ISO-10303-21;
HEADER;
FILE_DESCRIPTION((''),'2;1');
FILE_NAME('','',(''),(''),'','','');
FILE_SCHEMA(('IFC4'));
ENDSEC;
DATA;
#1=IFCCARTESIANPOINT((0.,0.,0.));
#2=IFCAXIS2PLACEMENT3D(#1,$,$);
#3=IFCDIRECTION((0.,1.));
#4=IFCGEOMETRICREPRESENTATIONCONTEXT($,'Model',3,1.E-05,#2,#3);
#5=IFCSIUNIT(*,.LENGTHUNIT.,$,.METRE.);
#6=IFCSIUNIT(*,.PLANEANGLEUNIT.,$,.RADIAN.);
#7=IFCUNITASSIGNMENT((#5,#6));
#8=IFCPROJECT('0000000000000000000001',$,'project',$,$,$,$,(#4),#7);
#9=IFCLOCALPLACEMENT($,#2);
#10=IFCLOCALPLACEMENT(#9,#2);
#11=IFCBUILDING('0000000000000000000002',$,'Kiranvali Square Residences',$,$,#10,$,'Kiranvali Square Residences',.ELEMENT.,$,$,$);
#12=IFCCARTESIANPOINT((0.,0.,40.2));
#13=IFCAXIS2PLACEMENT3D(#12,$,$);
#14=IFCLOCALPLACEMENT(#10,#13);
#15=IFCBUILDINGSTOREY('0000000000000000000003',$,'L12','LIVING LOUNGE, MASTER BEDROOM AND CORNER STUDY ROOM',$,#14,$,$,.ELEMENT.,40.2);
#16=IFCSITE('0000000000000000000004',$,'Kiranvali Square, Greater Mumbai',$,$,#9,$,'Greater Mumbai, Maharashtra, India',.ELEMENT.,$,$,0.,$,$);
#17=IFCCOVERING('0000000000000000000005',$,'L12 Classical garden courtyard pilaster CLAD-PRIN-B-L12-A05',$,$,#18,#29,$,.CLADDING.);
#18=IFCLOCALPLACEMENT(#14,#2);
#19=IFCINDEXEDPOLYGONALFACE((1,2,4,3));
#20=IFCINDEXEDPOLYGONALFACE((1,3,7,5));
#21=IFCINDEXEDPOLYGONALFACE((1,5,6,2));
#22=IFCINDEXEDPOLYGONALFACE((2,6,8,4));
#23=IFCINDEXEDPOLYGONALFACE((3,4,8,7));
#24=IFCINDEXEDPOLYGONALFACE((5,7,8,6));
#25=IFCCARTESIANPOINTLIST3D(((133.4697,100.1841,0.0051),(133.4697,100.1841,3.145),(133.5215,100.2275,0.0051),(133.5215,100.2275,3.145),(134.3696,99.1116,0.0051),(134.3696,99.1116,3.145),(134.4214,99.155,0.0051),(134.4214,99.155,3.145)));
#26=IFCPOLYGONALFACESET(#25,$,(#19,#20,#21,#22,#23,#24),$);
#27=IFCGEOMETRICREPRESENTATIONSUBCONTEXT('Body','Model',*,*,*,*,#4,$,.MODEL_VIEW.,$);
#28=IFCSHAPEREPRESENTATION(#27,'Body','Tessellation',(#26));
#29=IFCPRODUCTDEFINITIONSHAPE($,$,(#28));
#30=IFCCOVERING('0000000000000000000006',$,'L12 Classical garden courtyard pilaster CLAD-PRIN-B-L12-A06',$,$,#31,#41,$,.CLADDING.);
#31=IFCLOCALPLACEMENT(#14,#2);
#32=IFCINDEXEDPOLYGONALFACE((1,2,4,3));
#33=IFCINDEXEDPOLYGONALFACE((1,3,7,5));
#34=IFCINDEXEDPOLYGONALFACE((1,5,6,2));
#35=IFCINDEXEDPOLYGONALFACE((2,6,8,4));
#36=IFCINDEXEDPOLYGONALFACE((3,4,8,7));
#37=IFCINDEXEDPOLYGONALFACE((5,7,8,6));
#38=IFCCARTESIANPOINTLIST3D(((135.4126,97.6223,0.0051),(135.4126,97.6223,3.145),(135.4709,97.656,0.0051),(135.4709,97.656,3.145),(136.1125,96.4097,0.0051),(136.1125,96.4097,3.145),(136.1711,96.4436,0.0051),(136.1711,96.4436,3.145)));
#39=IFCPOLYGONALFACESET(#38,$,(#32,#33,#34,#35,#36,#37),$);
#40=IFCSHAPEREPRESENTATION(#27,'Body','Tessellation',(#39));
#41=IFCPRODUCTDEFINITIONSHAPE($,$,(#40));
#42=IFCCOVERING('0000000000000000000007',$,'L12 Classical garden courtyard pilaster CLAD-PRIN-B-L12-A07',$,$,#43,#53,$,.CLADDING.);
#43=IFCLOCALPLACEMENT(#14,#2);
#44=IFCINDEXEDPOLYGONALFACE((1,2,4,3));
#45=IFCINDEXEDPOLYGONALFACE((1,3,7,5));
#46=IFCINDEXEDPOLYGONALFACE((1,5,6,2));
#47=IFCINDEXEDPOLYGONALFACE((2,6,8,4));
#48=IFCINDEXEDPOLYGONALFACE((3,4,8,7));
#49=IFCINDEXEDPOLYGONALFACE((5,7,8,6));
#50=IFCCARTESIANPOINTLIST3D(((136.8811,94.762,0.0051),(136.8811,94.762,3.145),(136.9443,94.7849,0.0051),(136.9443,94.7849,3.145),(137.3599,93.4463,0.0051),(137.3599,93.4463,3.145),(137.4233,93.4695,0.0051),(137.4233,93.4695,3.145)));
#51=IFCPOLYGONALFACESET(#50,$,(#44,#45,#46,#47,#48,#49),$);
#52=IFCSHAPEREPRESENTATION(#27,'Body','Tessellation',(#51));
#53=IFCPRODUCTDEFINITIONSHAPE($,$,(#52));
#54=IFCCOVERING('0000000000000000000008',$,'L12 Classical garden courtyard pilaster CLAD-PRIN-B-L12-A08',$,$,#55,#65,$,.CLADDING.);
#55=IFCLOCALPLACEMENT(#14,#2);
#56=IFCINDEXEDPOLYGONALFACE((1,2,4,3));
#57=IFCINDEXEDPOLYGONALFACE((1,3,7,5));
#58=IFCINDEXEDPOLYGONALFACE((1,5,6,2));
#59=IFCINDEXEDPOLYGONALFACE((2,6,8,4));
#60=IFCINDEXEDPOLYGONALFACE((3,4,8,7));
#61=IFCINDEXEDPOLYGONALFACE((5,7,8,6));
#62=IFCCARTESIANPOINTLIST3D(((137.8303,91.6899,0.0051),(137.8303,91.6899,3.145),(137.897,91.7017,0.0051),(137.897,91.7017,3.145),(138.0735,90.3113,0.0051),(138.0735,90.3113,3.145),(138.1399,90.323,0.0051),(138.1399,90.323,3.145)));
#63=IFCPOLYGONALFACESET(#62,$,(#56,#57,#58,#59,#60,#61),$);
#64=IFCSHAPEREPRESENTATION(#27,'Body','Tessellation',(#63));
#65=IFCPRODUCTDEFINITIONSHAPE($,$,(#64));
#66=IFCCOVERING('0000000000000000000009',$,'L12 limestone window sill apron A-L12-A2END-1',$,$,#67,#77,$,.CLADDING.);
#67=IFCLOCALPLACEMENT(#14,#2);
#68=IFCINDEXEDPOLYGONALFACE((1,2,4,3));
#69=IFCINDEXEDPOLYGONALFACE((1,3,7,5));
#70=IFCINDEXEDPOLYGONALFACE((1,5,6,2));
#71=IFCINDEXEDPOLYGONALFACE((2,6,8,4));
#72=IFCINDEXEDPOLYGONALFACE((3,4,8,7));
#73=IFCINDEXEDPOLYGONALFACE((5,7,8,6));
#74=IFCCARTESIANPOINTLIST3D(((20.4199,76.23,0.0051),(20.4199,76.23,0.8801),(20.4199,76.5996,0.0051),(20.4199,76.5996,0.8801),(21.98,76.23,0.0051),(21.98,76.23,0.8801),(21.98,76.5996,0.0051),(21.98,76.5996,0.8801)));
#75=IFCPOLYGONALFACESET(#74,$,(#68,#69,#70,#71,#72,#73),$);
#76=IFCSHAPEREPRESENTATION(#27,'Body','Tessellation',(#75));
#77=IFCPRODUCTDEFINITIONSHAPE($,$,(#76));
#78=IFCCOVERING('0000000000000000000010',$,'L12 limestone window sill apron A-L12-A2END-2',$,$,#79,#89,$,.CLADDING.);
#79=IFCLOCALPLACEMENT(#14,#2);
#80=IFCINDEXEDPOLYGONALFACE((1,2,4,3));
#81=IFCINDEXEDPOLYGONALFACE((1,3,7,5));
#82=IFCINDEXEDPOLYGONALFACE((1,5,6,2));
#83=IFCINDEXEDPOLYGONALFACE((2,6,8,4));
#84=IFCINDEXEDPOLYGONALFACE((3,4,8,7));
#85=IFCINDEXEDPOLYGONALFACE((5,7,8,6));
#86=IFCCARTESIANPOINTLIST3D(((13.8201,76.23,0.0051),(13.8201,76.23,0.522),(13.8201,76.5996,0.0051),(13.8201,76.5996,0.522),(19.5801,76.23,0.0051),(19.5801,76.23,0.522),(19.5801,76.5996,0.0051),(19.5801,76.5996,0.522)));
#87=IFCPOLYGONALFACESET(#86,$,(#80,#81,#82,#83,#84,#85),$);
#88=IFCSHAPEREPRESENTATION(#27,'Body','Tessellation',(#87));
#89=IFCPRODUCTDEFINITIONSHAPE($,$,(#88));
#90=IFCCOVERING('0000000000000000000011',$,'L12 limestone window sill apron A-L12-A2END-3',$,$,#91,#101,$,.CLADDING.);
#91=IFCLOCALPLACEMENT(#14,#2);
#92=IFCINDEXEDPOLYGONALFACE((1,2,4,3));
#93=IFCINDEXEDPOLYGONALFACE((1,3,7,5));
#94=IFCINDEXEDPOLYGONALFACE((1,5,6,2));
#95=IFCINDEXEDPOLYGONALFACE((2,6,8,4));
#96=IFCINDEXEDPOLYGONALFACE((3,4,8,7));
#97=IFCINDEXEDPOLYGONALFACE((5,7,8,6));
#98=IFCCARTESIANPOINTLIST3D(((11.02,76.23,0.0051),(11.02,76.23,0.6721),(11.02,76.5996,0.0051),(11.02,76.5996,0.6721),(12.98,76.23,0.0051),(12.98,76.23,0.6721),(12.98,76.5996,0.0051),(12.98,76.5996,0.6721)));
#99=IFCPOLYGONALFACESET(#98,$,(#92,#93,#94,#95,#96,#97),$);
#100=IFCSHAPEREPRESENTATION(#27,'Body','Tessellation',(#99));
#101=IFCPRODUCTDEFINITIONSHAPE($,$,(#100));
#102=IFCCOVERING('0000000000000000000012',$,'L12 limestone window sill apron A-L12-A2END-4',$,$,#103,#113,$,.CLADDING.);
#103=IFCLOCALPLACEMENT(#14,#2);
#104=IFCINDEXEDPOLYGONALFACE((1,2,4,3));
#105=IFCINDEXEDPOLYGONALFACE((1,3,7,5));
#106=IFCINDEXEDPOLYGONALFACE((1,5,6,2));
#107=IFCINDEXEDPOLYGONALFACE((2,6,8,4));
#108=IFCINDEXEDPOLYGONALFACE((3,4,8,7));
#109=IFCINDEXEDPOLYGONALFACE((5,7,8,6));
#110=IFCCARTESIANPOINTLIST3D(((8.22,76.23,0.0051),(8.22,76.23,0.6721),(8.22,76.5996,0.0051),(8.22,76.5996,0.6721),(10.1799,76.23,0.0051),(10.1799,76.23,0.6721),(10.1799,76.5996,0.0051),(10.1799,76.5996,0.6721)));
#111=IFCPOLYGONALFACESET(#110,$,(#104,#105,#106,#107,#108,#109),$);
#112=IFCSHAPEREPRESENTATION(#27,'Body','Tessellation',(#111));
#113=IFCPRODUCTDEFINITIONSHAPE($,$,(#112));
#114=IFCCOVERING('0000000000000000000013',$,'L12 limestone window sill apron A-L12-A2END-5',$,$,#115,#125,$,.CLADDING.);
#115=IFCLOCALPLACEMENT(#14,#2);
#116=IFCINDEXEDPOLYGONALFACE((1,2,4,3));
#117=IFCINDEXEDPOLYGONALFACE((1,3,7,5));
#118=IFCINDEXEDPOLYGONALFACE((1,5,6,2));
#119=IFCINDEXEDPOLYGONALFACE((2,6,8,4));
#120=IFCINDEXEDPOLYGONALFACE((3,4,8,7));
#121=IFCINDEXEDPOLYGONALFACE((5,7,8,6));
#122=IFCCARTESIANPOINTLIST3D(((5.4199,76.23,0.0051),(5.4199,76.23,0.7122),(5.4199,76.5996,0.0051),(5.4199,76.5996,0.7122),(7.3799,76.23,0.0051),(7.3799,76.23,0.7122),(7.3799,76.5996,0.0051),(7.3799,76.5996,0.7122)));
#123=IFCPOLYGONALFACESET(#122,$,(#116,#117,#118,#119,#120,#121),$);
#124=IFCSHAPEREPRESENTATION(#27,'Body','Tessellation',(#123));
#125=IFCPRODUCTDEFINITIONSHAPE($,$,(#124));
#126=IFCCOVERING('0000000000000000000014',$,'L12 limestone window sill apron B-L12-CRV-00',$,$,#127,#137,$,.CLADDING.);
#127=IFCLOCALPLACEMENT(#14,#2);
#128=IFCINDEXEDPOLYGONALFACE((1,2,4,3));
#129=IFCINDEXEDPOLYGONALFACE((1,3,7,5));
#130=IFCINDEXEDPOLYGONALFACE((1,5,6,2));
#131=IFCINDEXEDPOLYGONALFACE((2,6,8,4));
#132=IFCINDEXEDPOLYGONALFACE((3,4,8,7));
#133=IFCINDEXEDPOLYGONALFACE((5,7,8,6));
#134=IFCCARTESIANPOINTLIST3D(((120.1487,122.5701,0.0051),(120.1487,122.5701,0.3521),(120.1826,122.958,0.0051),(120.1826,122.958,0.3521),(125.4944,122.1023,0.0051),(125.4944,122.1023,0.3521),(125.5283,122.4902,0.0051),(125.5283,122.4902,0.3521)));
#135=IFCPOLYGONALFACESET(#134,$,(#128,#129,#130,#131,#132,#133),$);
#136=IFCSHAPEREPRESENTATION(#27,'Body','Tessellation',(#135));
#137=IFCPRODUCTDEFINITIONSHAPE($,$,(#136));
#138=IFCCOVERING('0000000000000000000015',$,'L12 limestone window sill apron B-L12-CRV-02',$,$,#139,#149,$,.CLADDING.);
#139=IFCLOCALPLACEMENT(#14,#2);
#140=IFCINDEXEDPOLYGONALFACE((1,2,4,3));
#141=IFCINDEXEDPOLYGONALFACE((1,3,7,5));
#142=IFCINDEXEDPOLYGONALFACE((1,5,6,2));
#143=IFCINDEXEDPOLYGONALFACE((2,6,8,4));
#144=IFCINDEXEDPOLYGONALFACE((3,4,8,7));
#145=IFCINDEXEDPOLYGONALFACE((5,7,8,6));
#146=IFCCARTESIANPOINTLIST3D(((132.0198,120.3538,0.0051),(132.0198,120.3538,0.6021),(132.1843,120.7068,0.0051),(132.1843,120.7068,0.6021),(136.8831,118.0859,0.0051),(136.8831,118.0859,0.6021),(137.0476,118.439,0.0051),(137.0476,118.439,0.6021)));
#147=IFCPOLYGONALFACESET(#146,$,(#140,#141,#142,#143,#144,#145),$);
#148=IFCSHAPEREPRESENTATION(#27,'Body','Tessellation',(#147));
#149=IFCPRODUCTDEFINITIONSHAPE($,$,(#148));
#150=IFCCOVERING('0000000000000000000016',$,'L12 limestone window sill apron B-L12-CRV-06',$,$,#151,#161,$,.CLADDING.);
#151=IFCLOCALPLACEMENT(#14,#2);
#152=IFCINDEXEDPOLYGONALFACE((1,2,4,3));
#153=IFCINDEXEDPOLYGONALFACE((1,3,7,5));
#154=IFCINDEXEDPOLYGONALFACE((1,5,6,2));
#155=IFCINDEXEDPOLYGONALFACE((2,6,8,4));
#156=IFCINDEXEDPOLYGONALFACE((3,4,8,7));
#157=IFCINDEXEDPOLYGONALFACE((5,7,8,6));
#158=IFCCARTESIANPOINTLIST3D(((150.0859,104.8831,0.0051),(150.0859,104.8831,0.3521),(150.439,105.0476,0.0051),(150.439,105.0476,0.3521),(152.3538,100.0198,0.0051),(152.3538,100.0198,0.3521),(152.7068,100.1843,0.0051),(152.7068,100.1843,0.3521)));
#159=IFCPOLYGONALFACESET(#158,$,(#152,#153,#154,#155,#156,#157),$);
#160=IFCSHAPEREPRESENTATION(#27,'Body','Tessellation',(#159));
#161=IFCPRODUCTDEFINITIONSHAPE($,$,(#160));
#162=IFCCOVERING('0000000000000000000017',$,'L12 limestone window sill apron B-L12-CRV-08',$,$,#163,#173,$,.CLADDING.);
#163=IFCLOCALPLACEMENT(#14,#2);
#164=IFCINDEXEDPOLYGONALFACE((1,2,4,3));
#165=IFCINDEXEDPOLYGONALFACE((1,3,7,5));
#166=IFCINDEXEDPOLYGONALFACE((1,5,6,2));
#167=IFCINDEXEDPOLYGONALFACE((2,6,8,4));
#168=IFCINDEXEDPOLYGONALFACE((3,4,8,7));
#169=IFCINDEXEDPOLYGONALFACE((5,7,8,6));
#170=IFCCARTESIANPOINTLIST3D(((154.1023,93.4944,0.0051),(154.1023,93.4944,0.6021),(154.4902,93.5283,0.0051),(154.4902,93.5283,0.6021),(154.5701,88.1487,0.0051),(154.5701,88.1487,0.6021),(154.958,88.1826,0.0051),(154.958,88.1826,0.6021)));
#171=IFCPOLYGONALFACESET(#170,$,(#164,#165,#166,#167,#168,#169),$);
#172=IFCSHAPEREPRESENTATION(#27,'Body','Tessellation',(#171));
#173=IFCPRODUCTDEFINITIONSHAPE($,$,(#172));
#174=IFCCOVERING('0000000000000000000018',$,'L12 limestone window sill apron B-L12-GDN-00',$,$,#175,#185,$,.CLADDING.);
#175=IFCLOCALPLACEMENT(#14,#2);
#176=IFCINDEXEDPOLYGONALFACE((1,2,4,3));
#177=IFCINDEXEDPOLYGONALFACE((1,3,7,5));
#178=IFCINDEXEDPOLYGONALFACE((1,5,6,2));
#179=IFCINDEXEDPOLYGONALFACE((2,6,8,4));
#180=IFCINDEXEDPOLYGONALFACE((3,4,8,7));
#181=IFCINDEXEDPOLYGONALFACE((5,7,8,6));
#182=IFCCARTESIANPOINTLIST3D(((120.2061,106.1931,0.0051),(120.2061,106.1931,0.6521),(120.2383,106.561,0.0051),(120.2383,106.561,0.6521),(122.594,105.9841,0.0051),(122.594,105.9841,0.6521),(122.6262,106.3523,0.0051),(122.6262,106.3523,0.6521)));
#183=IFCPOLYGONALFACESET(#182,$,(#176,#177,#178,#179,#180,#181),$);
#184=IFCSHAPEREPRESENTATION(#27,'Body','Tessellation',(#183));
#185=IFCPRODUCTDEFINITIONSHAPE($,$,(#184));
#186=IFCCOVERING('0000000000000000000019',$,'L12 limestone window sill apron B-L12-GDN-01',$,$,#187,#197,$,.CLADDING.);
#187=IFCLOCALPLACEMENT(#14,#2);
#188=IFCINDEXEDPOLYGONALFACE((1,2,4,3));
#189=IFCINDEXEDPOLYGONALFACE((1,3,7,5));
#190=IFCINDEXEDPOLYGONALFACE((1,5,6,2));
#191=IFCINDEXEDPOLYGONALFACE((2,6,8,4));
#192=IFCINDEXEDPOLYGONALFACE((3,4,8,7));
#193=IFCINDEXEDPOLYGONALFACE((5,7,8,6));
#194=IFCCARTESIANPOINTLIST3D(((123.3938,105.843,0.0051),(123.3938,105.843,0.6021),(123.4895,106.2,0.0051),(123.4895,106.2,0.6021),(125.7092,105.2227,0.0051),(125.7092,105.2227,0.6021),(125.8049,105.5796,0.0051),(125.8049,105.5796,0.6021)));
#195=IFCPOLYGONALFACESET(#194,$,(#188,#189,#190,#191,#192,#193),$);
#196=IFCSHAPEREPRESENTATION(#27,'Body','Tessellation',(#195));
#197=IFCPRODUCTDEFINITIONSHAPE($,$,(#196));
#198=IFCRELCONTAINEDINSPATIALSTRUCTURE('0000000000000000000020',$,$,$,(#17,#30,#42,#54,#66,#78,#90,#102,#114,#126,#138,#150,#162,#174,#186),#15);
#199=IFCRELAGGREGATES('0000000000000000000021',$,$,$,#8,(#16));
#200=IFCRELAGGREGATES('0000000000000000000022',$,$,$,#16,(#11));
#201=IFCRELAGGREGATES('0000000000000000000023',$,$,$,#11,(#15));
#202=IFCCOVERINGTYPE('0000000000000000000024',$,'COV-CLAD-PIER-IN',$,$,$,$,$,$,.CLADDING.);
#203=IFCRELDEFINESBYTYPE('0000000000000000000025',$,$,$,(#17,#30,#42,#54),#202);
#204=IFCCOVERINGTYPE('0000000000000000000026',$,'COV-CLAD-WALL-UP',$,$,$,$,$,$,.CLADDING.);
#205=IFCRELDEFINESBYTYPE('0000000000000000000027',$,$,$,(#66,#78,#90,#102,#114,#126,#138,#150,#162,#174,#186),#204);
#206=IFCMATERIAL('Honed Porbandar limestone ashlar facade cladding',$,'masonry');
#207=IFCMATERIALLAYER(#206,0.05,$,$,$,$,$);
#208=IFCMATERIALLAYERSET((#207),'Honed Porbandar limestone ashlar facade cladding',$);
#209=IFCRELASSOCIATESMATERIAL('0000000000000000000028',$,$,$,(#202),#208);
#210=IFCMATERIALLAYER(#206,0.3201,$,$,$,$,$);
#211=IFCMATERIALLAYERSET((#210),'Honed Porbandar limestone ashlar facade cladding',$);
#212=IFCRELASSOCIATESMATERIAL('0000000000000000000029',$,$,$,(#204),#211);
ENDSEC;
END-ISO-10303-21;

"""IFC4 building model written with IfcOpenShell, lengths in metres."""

from ifc_helpers import new_model, si_unit, direction, frame, origin, place, context, subcontext, project, spatial, polyline, outline, extrude, material, layer, layer_set, type_object, element, save


model = new_model("IFC4")

# Units and contexts
model_context = context("Model", 3, precision=1e-05, world=origin(), true_north=direction((0.0, 1.0)))
body_context = subcontext(model_context, "Body", "Model", "MODEL_VIEW")
ifc_project = project(units=[si_unit("LENGTHUNIT", "METRE"), si_unit("PLANEANGLEUNIT", "RADIAN")], contexts=[model_context])

# Site, building, storey
site_placement = place(None, origin())
site = spatial("IfcSite", under=ifc_project, at=site_placement, Name="Kiranvali Square, Greater Mumbai", LongName="Greater Mumbai, Maharashtra, India", CompositionType="ELEMENT", RefElevation=0.0)
building_placement = place(site_placement, origin())
building = spatial("IfcBuilding", under=site, at=building_placement, Name="Kiranvali Square Residences", LongName="Kiranvali Square Residences", CompositionType="ELEMENT")
storey_placement = place(building_placement, frame((0.0, 0.0, 40.2)))
storey = spatial("IfcBuildingStorey", under=building, at=storey_placement, Name="L12", Description="LIVING LOUNGE, MASTER BEDROOM AND CORNER STUDY ROOM", CompositionType="ELEMENT", Elevation=40.2)

# Coverings
ifc_material = material(Name="Honed Porbandar limestone ashlar facade cladding", Category="masonry")
ifc_layer_1 = layer(ifc_material, 0.05)
ifc_layer_set_1 = layer_set([ifc_layer_1], Name="Honed Porbandar limestone ashlar facade cladding")
covering_type_1 = type_object("IfcCoveringType", Name="COV-CLAD-PIER-IN", PredefinedType="CLADDING", material=ifc_layer_set_1)
covering_1_placement = place(storey_placement, frame((0.0, 0.0, 0.0051)))
element("IfcCovering", 1, at=covering_1_placement, inside=storey, type_object=covering_type_1, Name="L12 Classical garden courtyard pilaster CLAD-PRIN-B-L12-A05", PredefinedType="CLADDING", context=body_context, shape_type="SweptSolid", body=[
    extrude(outline(polyline([(133.4697, 100.1841), (134.3696, 99.1116), (134.4214, 99.155), (133.5215, 100.2275), (133.4697, 100.1841)])), origin(), (0.0, 0.0, 1.0), 3.1399),
])
covering_2_placement = place(storey_placement, frame((0.0, 0.0, 0.0051)))
element("IfcCovering", 2, at=covering_2_placement, inside=storey, type_object=covering_type_1, Name="L12 Classical garden courtyard pilaster CLAD-PRIN-B-L12-A06", PredefinedType="CLADDING", context=body_context, shape_type="SweptSolid", body=[
    extrude(outline(polyline([(135.4126, 97.6223), (136.1125, 96.4097), (136.1711, 96.4436), (135.4709, 97.656), (135.4126, 97.6223)])), origin(), (0.0, 0.0, 1.0), 3.1399),
])
covering_3_placement = place(storey_placement, frame((0.0, 0.0, 0.0051)))
element("IfcCovering", 3, at=covering_3_placement, inside=storey, type_object=covering_type_1, Name="L12 Classical garden courtyard pilaster CLAD-PRIN-B-L12-A07", PredefinedType="CLADDING", context=body_context, shape_type="SweptSolid", body=[
    extrude(outline(polyline([(136.8811, 94.762), (137.3599, 93.4463), (137.4233, 93.4695), (136.9443, 94.7849), (136.8811, 94.762)])), origin(), (0.0, 0.0, 1.0), 3.1399),
])
covering_4_placement = place(storey_placement, frame((0.0, 0.0, 0.0051)))
element("IfcCovering", 4, at=covering_4_placement, inside=storey, type_object=covering_type_1, Name="L12 Classical garden courtyard pilaster CLAD-PRIN-B-L12-A08", PredefinedType="CLADDING", context=body_context, shape_type="SweptSolid", body=[
    extrude(outline(polyline([(137.8303, 91.6899), (138.0735, 90.3113), (138.1399, 90.323), (137.897, 91.7017), (137.8303, 91.6899)])), origin(), (0.0, 0.0, 1.0), 3.1399),
])
ifc_layer_2 = layer(ifc_material, 0.3201)
ifc_layer_set_2 = layer_set([ifc_layer_2], Name="Honed Porbandar limestone ashlar facade cladding")
covering_type_2 = type_object("IfcCoveringType", Name="COV-CLAD-WALL-UP", PredefinedType="CLADDING", material=ifc_layer_set_2)
covering_5_placement = place(storey_placement, frame((0.0, 0.0, 0.0051)))
element("IfcCovering", 5, at=covering_5_placement, inside=storey, type_object=covering_type_2, Name="L12 limestone window sill apron A-L12-A2END-1", PredefinedType="CLADDING", context=body_context, shape_type="SweptSolid", body=[
    extrude(outline(polyline([(21.98, 76.5996), (20.4199, 76.5996), (20.4199, 76.23), (21.98, 76.23), (21.98, 76.5996)])), origin(), (0.0, 0.0, 1.0), 0.875),
])
covering_6_placement = place(storey_placement, frame((0.0, 0.0, 0.0051)))
element("IfcCovering", 6, at=covering_6_placement, inside=storey, type_object=covering_type_2, Name="L12 limestone window sill apron A-L12-A2END-2", PredefinedType="CLADDING", context=body_context, shape_type="SweptSolid", body=[
    extrude(outline(polyline([(19.5801, 76.5996), (13.8201, 76.5996), (13.8201, 76.23), (19.5801, 76.23), (19.5801, 76.5996)])), origin(), (0.0, 0.0, 1.0), 0.5168),
])
covering_7_placement = place(storey_placement, frame((0.0, 0.0, 0.0051)))
element("IfcCovering", 7, at=covering_7_placement, inside=storey, type_object=covering_type_2, Name="L12 limestone window sill apron A-L12-A2END-3", PredefinedType="CLADDING", context=body_context, shape_type="SweptSolid", body=[
    extrude(outline(polyline([(12.98, 76.5996), (11.02, 76.5996), (11.02, 76.23), (12.98, 76.23), (12.98, 76.5996)])), origin(), (0.0, 0.0, 1.0), 0.667),
])
covering_8_placement = place(storey_placement, frame((0.0, 0.0, 0.0051)))
element("IfcCovering", 8, at=covering_8_placement, inside=storey, type_object=covering_type_2, Name="L12 limestone window sill apron A-L12-A2END-4", PredefinedType="CLADDING", context=body_context, shape_type="SweptSolid", body=[
    extrude(outline(polyline([(10.1799, 76.5996), (8.22, 76.5996), (8.22, 76.23), (10.1799, 76.23), (10.1799, 76.5996)])), origin(), (0.0, 0.0, 1.0), 0.667),
])
covering_9_placement = place(storey_placement, frame((0.0, 0.0, 0.0051)))
element("IfcCovering", 9, at=covering_9_placement, inside=storey, type_object=covering_type_2, Name="L12 limestone window sill apron A-L12-A2END-5", PredefinedType="CLADDING", context=body_context, shape_type="SweptSolid", body=[
    extrude(outline(polyline([(7.3799, 76.5996), (5.4199, 76.5996), (5.4199, 76.23), (7.3799, 76.23), (7.3799, 76.5996)])), origin(), (0.0, 0.0, 1.0), 0.707),
])
covering_10_placement = place(storey_placement, frame((0.0, 0.0, 0.0051)))
element("IfcCovering", 10, at=covering_10_placement, inside=storey, type_object=covering_type_2, Name="L12 limestone window sill apron B-L12-CRV-00", PredefinedType="CLADDING", context=body_context, shape_type="SweptSolid", body=[
    extrude(outline(polyline([(120.1487, 122.5701), (125.4944, 122.1023), (125.5283, 122.4902), (120.1826, 122.958), (120.1487, 122.5701)])), origin(), (0.0, 0.0, 1.0), 0.3469),
])
covering_11_placement = place(storey_placement, frame((0.0, 0.0, 0.0051)))
element("IfcCovering", 11, at=covering_11_placement, inside=storey, type_object=covering_type_2, Name="L12 limestone window sill apron B-L12-CRV-02", PredefinedType="CLADDING", context=body_context, shape_type="SweptSolid", body=[
    extrude(outline(polyline([(132.0198, 120.3538), (136.8831, 118.0859), (137.0476, 118.439), (132.1843, 120.7068), (132.0198, 120.3538)])), origin(), (0.0, 0.0, 1.0), 0.5969),
])
covering_12_placement = place(storey_placement, frame((0.0, 0.0, 0.0051)))
element("IfcCovering", 12, at=covering_12_placement, inside=storey, type_object=covering_type_2, Name="L12 limestone window sill apron B-L12-CRV-06", PredefinedType="CLADDING", context=body_context, shape_type="SweptSolid", body=[
    extrude(outline(polyline([(150.0859, 104.8831), (152.3538, 100.0198), (152.7068, 100.1843), (150.439, 105.0476), (150.0859, 104.8831)])), origin(), (0.0, 0.0, 1.0), 0.3469),
])
covering_13_placement = place(storey_placement, frame((0.0, 0.0, 0.0051)))
element("IfcCovering", 13, at=covering_13_placement, inside=storey, type_object=covering_type_2, Name="L12 limestone window sill apron B-L12-CRV-08", PredefinedType="CLADDING", context=body_context, shape_type="SweptSolid", body=[
    extrude(outline(polyline([(154.1023, 93.4944), (154.5701, 88.1487), (154.958, 88.1826), (154.4902, 93.5283), (154.1023, 93.4944)])), origin(), (0.0, 0.0, 1.0), 0.5969),
])
covering_14_placement = place(storey_placement, frame((0.0, 0.0, 0.0051)))
element("IfcCovering", 14, at=covering_14_placement, inside=storey, type_object=covering_type_2, Name="L12 limestone window sill apron B-L12-GDN-00", PredefinedType="CLADDING", context=body_context, shape_type="SweptSolid", body=[
    extrude(outline(polyline([(120.2061, 106.1931), (122.594, 105.9841), (122.6262, 106.3523), (120.2383, 106.561), (120.2061, 106.1931)])), origin(), (0.0, 0.0, 1.0), 0.647),
])
covering_15_placement = place(storey_placement, frame((0.0, 0.0, 0.0051)))
element("IfcCovering", 15, at=covering_15_placement, inside=storey, type_object=covering_type_2, Name="L12 limestone window sill apron B-L12-GDN-01", PredefinedType="CLADDING", context=body_context, shape_type="SweptSolid", body=[
    extrude(outline(polyline([(123.3938, 105.843), (125.7092, 105.2227), (125.8049, 105.5796), (123.4895, 106.2), (123.3938, 105.843)])), origin(), (0.0, 0.0, 1.0), 0.5969),
])

save(model, "model.ifc")
